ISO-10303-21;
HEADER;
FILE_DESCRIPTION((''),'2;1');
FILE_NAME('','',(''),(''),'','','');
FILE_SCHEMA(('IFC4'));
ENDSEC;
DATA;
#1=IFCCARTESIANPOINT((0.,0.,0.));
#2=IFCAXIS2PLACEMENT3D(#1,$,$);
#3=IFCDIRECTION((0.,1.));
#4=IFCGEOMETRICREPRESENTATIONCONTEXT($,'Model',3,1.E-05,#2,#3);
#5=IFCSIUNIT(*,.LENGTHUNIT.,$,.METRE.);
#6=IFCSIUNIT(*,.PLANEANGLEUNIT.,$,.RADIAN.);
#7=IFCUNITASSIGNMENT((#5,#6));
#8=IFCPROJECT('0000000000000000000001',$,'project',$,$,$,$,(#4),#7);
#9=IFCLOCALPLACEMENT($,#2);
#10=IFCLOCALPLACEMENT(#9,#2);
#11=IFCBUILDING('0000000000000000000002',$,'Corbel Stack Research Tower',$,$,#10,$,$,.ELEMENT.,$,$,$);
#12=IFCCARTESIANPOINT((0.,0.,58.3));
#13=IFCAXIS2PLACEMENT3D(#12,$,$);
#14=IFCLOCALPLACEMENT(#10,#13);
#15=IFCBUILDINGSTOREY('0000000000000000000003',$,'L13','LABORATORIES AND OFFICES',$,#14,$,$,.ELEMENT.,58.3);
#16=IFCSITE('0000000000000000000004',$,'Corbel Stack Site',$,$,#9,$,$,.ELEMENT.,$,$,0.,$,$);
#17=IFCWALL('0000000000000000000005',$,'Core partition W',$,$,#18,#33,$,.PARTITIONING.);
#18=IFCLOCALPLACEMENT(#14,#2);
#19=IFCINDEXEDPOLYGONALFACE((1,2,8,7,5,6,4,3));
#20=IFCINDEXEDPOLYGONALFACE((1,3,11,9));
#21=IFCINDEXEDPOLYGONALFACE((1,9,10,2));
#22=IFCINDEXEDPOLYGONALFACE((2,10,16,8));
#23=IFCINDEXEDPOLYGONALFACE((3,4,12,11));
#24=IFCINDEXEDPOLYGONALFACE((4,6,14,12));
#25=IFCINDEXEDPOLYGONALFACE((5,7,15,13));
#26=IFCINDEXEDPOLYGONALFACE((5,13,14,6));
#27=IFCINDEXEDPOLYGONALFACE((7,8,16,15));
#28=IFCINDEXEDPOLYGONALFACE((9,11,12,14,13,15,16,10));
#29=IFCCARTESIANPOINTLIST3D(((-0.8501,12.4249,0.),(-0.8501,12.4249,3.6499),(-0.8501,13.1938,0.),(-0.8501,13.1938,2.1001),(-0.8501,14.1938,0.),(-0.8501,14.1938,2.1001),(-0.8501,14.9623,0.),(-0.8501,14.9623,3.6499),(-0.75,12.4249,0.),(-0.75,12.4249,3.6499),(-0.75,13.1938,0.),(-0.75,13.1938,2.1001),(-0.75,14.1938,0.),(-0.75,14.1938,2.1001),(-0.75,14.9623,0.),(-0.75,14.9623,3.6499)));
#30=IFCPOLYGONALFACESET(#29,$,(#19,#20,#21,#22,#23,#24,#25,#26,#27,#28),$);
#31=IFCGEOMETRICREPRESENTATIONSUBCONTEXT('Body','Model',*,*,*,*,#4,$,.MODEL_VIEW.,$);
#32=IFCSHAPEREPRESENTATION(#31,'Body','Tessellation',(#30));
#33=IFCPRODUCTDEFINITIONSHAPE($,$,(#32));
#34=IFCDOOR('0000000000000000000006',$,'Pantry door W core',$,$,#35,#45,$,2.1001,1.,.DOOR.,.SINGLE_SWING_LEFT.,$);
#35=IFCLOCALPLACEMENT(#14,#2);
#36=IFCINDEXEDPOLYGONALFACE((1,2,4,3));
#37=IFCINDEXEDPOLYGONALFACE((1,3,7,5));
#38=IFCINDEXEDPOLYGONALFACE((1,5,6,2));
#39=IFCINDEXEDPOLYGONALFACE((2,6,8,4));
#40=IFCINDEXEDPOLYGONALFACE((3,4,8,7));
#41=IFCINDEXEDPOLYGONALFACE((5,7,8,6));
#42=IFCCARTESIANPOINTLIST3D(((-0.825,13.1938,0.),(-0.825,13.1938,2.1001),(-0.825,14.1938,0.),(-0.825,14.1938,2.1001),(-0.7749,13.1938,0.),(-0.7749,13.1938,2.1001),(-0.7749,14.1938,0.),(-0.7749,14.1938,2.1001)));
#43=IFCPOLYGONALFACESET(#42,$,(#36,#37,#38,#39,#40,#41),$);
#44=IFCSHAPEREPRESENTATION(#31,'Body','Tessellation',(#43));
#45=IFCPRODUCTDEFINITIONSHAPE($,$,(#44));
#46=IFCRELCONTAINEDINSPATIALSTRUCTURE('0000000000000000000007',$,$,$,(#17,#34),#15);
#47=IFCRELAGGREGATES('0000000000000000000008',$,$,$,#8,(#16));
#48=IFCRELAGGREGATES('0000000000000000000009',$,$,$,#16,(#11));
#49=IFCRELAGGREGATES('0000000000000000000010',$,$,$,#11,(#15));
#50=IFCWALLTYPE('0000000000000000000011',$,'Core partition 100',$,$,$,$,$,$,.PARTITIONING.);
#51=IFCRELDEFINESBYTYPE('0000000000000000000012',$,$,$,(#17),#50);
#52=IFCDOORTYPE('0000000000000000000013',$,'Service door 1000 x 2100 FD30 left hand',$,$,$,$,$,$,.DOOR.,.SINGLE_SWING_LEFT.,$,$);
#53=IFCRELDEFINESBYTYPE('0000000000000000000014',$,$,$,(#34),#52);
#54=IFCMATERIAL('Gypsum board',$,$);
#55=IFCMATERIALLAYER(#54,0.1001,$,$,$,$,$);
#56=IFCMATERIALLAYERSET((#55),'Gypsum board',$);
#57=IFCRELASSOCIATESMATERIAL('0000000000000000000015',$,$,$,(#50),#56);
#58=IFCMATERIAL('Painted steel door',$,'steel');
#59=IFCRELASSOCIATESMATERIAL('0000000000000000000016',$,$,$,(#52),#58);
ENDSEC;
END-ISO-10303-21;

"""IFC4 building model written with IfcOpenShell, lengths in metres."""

from ifc_helpers import new_model, si_unit, direction, frame, frame_2d, origin, place, context, subcontext, project, spatial, rectangle, extrude, material, layer, layer_set, type_object, element, fill, save


model = new_model("IFC4")

# Units and contexts
model_context = context("Model", 3, precision=1e-05, world=origin(), true_north=direction((0.0, 1.0)))
body_context = subcontext(model_context, "Body", "Model", "MODEL_VIEW")
ifc_project = project(units=[si_unit("LENGTHUNIT", "METRE"), si_unit("PLANEANGLEUNIT", "RADIAN")], contexts=[model_context])

# Site, building, storey
site_placement = place(None, origin())
site = spatial("IfcSite", under=ifc_project, at=site_placement, Name="Corbel Stack Site", CompositionType="ELEMENT", RefElevation=0.0)
building_placement = place(site_placement, origin())
building = spatial("IfcBuilding", under=site, at=building_placement, Name="Corbel Stack Research Tower", CompositionType="ELEMENT")
storey_placement = place(building_placement, frame((0.0, 0.0, 58.3)))
storey = spatial("IfcBuildingStorey", under=building, at=storey_placement, Name="L13", Description="LABORATORIES AND OFFICES", CompositionType="ELEMENT", Elevation=58.3)

# Shared definitions
ifc_material_1 = material(Name="Gypsum board")
ifc_layer_1 = layer(ifc_material_1, 0.1001)
ifc_layer_set_1 = layer_set([ifc_layer_1], Name="Gypsum board")
wall_type_1 = type_object("IfcWallType", Name="Core partition 100", PredefinedType="PARTITIONING", material=ifc_layer_set_1)

# Wall, opening, door
wall_1_placement = place(storey_placement, frame((-0.8, 12.425, 0.0), z_axis=(0.0, 0.0, 1.0), x_axis=(0.0, 1.0, 0.0)))
wall_1 = element("IfcWall", 1, at=wall_1_placement, inside=storey, type_object=wall_type_1, Name="Core partition W", PredefinedType="PARTITIONING", context=body_context, shape_type="SweptSolid", body=[
    extrude(rectangle(XDim=2.5374, YDim=0.1001, at=frame_2d((1.2686, 0.0))), origin(), (0.0, 0.0, 1.0), 3.6499),
])
opening_1_placement = place(wall_1_placement, frame((0.7688, 0.0, 0.0)))
opening_1 = element("IfcOpeningElement", 2, at=opening_1_placement, cuts=wall_1, PredefinedType="OPENING", context=body_context, shape_type="SweptSolid", body=[
    extrude(rectangle(XDim=1.0, YDim=2.1001, at=frame_2d((0.5, 1.05))), frame((0.0, 0.0601, 0.0), z_axis=(0.0, -1.0, 0.0), x_axis=(1.0, 0.0, 0.0)), (0.0, 0.0, 1.0), 0.1201),
])
ifc_material_2 = material(Name="Painted steel door", Category="steel")
door_type_1 = type_object("IfcDoorType", Name="Service door 1000 x 2100 FD30 left hand", OperationType="SINGLE_SWING_LEFT", PredefinedType="DOOR", material=ifc_material_2)
door_1_placement = place(opening_1_placement, origin())
door_1 = element("IfcDoor", 3, at=door_1_placement, inside=storey, type_object=door_type_1, Name="Pantry door W core", OperationType="SINGLE_SWING_LEFT", OverallHeight=2.1001, OverallWidth=1.0, PredefinedType="DOOR", context=body_context, shape_type="SweptSolid", body=[
    extrude(rectangle(XDim=1.0, YDim=2.1001, at=frame_2d((0.5, 1.05))), frame((0.0, 0.0249, 0.0), z_axis=(0.0, -1.0, 0.0), x_axis=(1.0, 0.0, 0.0)), (0.0, 0.0, 1.0), 0.05),
])
fill(opening_1, door_1)

save(model, "model.ifc")
